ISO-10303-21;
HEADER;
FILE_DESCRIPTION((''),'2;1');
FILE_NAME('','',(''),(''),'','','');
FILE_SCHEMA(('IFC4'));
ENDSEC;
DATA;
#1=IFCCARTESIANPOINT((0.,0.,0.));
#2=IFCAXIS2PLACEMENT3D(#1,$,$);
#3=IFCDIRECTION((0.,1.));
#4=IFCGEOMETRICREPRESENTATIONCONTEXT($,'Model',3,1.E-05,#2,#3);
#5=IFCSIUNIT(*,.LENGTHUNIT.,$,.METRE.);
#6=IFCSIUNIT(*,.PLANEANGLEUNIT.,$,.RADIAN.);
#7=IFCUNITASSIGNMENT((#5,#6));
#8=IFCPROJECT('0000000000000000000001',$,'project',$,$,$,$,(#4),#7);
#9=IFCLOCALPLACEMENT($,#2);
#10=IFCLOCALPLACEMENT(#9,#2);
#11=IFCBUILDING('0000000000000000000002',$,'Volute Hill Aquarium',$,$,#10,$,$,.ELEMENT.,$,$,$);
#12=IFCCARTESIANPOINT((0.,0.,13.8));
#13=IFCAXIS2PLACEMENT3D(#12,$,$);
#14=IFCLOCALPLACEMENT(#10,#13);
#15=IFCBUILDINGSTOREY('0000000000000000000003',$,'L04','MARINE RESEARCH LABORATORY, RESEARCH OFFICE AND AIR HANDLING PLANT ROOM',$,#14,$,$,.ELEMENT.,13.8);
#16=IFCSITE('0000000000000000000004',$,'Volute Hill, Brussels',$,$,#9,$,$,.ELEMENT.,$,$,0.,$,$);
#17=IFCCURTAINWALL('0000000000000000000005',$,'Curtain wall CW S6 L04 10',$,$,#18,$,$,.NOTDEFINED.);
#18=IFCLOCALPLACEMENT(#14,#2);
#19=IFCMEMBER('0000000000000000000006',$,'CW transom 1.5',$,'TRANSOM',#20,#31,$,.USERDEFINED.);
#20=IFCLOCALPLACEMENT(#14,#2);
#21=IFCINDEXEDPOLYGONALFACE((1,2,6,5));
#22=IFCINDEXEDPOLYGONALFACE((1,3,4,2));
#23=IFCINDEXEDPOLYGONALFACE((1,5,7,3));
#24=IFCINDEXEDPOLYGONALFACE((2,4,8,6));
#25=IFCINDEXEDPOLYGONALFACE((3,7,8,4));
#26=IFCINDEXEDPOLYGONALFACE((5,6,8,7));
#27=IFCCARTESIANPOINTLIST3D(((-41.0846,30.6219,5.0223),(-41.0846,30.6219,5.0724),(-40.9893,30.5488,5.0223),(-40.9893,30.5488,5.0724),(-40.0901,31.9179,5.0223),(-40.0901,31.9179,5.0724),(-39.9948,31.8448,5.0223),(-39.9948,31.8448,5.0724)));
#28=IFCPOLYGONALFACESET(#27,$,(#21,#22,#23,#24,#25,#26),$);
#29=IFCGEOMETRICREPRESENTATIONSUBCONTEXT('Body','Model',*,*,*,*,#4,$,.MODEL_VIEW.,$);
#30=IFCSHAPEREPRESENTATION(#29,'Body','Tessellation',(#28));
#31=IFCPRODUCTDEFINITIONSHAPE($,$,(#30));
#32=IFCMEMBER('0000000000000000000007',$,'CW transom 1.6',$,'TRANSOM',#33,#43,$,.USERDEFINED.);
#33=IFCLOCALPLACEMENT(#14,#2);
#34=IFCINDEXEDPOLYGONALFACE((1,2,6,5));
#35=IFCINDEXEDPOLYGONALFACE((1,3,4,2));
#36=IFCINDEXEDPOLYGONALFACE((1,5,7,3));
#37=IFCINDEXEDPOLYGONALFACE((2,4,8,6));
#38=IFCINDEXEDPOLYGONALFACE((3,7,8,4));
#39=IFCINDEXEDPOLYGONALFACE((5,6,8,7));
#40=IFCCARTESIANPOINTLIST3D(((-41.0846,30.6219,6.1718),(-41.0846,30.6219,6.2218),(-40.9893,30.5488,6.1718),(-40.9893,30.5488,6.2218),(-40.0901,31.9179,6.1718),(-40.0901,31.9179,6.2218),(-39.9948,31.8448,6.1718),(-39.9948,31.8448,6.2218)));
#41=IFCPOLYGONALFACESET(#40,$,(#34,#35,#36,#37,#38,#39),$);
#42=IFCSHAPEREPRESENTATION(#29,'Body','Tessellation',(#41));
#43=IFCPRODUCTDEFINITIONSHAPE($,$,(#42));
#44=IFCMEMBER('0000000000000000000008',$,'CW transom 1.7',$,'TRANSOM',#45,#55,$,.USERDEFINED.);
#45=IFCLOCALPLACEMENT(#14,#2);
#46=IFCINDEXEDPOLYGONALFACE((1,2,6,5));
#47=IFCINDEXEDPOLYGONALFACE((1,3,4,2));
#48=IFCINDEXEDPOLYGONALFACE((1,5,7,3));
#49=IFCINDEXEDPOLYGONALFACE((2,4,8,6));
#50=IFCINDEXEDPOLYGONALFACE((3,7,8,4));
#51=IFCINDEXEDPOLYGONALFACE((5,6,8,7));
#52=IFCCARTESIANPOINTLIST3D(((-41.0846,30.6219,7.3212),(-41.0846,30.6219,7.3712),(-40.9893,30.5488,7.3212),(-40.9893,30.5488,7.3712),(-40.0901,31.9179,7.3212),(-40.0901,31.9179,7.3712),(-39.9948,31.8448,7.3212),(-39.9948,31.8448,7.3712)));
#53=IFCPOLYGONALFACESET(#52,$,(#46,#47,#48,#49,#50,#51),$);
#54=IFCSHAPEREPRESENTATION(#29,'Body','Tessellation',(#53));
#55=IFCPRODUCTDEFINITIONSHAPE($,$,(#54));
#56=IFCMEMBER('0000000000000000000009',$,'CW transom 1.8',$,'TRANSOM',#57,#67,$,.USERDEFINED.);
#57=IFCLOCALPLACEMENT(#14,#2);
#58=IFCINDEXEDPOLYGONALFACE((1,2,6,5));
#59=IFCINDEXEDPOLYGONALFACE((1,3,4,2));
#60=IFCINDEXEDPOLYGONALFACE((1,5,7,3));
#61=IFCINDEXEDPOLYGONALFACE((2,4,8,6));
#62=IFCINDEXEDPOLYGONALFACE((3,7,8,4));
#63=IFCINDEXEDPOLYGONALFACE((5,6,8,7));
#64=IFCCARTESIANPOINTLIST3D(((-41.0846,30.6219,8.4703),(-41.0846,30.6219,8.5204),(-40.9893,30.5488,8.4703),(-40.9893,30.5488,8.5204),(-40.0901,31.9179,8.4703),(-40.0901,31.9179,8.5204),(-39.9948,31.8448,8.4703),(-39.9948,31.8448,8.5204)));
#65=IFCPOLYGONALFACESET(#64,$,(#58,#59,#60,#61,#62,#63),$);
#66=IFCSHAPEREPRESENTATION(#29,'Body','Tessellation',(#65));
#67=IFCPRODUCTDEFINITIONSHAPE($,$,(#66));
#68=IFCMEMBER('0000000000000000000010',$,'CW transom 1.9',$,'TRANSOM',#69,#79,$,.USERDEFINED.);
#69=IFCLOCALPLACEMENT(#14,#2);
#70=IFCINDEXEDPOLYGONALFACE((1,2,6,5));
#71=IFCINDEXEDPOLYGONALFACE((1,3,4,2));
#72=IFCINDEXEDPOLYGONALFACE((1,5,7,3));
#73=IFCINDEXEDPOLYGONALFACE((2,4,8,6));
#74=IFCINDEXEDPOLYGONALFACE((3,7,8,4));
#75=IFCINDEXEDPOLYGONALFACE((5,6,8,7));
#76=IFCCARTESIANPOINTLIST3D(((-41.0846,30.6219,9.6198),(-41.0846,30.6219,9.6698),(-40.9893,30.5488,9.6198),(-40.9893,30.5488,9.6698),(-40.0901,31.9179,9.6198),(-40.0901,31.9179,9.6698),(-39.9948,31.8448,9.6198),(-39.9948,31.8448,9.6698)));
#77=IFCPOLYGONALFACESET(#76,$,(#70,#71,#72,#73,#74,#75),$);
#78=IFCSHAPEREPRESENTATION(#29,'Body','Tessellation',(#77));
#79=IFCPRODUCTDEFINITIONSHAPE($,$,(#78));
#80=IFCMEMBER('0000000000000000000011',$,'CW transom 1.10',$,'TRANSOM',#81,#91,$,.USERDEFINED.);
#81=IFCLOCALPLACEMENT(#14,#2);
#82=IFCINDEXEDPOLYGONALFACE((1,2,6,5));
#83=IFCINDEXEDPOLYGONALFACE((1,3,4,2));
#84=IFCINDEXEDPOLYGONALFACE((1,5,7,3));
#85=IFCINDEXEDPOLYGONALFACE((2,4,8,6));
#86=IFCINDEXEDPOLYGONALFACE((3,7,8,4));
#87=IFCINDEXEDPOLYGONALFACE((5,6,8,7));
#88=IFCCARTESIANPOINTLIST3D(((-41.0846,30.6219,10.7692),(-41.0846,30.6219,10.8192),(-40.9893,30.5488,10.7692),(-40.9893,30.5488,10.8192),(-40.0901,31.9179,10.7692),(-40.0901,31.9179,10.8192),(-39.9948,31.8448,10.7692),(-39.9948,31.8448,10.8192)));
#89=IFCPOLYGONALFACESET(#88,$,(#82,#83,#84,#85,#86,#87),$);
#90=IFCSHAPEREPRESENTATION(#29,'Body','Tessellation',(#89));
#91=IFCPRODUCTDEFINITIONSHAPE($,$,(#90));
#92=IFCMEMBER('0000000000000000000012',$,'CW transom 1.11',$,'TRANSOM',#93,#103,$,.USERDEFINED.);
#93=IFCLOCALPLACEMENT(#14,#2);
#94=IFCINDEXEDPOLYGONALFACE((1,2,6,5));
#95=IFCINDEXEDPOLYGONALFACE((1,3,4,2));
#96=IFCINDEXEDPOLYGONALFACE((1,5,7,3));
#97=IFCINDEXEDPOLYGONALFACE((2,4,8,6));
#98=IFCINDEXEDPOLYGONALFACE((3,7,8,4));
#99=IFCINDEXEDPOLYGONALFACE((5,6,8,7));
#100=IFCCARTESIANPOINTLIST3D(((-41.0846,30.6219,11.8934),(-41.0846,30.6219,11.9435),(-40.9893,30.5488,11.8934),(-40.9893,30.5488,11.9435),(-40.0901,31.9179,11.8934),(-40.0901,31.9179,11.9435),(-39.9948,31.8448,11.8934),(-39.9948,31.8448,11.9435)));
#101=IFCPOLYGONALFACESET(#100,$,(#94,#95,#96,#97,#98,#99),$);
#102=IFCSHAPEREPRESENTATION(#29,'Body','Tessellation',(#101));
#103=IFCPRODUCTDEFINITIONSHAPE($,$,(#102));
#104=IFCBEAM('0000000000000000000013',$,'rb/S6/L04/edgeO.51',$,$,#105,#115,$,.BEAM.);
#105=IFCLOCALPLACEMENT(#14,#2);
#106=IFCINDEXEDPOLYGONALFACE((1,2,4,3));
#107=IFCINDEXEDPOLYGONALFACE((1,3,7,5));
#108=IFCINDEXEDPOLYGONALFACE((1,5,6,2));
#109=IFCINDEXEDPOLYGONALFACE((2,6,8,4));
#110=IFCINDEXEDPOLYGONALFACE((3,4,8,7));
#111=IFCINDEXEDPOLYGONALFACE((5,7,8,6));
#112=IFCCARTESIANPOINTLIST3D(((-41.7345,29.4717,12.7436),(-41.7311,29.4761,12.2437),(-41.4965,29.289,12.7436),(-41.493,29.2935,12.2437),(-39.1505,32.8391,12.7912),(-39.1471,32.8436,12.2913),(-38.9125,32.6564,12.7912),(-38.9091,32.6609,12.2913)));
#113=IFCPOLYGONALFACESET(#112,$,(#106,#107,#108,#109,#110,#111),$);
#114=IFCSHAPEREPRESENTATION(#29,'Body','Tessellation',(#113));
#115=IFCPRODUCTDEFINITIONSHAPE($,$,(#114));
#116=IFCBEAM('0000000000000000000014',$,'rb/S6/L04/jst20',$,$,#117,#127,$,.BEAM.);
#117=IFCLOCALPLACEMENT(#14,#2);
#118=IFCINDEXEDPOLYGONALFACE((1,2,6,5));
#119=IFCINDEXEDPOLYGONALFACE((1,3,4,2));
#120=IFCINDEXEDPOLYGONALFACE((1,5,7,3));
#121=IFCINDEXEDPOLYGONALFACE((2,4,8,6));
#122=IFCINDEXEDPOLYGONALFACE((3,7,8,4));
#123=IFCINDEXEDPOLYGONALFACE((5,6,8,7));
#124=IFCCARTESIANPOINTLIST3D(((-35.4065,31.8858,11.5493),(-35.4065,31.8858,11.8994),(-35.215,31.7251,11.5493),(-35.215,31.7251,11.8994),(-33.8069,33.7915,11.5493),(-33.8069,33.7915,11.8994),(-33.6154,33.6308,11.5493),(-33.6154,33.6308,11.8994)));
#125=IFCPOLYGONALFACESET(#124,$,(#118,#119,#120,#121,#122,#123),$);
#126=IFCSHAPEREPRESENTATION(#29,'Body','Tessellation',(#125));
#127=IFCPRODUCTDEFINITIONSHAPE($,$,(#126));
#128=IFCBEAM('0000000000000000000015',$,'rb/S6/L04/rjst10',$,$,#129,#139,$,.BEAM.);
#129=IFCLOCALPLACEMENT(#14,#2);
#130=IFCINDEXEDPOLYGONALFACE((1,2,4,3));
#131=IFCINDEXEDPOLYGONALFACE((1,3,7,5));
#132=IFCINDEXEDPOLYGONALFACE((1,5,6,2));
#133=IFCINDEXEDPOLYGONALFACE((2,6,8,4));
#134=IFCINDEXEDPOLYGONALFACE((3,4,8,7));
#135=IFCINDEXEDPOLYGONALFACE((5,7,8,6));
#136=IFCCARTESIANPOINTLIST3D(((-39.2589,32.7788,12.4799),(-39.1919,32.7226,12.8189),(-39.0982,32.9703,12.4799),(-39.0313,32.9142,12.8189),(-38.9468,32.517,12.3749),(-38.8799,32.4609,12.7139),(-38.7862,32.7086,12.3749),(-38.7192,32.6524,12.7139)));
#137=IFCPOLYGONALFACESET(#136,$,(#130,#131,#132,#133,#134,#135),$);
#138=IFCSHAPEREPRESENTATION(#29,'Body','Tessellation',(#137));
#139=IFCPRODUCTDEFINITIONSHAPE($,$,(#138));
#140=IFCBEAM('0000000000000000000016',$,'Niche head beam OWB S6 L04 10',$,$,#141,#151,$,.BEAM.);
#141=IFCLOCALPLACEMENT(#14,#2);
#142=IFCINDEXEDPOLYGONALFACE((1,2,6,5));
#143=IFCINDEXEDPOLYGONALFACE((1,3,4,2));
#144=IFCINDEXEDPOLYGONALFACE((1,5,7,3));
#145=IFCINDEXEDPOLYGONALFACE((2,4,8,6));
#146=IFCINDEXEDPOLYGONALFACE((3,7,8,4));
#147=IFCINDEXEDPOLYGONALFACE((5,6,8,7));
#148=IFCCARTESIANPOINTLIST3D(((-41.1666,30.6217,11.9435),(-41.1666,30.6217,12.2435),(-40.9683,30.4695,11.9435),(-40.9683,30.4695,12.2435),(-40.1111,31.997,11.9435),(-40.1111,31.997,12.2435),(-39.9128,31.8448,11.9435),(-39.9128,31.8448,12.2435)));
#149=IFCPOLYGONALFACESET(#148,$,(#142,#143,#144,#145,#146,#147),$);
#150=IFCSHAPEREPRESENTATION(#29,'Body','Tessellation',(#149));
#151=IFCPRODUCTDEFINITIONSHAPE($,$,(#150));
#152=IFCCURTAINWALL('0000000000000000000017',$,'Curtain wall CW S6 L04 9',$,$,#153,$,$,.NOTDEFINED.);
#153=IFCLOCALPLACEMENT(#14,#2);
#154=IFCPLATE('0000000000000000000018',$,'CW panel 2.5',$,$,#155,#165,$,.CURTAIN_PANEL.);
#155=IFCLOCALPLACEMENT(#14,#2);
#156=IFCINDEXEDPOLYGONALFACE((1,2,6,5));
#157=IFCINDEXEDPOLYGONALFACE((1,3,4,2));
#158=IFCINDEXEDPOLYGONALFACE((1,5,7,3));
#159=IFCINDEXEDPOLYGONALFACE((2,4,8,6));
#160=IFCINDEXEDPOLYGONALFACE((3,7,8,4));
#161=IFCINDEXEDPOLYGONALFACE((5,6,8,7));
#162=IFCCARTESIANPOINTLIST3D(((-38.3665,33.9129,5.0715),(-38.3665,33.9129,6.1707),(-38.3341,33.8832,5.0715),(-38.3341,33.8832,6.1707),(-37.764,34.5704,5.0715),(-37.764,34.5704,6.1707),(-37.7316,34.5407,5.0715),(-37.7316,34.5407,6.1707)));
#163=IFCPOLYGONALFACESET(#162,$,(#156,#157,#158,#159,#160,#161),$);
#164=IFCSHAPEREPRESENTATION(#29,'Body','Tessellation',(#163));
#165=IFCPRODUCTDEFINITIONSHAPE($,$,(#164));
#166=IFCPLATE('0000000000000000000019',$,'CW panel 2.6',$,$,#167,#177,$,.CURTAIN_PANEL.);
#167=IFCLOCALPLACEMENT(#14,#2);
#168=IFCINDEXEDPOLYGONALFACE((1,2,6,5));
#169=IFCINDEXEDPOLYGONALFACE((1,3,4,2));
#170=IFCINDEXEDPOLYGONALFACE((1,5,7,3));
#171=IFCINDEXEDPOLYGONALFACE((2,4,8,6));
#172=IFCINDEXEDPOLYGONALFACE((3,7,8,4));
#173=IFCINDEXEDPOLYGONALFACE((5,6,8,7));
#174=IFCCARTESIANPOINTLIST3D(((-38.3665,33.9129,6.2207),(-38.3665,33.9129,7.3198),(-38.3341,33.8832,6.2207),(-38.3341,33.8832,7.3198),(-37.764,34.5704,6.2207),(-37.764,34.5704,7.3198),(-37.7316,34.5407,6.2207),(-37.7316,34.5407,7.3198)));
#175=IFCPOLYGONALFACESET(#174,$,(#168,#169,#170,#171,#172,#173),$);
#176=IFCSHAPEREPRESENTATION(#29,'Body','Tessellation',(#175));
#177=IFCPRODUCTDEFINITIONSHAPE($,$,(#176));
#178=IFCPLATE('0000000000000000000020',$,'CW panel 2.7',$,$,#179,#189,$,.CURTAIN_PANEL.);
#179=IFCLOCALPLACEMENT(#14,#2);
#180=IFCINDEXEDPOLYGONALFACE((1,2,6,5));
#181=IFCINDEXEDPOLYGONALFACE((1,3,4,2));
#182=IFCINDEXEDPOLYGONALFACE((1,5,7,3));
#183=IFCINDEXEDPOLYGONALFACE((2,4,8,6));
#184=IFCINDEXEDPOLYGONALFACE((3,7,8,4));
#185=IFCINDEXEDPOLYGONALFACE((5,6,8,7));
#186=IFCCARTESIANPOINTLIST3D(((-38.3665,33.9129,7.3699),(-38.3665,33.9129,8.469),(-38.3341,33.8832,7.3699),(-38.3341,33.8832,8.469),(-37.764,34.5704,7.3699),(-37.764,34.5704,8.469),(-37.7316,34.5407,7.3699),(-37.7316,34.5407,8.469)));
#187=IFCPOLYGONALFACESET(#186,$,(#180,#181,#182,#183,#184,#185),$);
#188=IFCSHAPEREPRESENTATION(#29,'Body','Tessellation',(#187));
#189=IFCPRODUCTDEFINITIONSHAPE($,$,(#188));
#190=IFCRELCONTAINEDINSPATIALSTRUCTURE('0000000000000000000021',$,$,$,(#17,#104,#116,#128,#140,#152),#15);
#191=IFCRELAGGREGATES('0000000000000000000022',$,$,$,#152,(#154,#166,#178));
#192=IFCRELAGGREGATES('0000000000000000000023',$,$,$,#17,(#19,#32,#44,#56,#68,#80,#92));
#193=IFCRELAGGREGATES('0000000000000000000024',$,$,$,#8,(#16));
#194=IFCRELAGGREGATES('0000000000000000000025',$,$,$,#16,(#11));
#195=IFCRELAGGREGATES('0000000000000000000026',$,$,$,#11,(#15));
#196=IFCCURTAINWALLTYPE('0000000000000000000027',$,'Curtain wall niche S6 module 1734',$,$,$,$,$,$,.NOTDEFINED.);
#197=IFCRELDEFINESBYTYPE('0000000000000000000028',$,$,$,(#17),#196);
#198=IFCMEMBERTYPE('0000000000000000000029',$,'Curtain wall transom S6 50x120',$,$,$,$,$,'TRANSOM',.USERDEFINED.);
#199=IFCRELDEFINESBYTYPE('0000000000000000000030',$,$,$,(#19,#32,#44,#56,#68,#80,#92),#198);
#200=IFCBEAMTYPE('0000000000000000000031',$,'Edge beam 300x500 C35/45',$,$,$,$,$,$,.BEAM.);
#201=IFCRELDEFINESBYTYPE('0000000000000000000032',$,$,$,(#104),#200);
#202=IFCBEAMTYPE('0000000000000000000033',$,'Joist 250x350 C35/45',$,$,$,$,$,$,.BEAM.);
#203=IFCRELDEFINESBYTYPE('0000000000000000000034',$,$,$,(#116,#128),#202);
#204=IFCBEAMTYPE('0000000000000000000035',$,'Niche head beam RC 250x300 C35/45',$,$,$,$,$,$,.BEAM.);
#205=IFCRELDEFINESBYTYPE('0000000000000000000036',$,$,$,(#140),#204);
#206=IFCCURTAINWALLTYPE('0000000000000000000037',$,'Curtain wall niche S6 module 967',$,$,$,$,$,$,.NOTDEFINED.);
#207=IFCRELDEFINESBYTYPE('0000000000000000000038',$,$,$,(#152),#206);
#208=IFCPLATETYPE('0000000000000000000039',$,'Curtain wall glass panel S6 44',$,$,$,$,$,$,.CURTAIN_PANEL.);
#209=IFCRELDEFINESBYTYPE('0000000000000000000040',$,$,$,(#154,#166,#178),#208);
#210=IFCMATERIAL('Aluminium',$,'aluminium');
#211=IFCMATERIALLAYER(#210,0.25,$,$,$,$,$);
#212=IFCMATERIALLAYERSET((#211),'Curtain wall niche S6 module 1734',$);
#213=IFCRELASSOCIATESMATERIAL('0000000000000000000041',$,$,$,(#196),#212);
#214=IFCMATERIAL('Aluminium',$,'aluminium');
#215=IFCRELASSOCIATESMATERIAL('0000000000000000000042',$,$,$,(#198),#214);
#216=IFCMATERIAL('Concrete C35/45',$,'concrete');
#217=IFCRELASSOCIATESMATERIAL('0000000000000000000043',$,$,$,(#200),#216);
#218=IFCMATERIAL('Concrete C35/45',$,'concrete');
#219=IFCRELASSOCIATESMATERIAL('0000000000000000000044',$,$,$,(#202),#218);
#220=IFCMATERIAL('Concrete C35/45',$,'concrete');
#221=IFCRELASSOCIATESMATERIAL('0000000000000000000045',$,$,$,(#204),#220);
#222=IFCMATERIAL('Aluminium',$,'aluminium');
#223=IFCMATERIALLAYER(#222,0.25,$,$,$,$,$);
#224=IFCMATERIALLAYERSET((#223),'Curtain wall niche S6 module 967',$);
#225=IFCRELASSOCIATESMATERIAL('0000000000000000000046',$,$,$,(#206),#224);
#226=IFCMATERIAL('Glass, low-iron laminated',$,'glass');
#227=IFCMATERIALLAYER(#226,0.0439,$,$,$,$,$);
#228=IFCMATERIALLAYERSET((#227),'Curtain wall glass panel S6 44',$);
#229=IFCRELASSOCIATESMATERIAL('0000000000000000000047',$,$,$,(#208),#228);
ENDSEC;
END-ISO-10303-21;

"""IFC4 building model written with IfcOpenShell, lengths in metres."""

from ifc_helpers import new_model, si_unit, direction, frame, origin, origin_2d, place, context, subcontext, project, spatial, rectangle, extrude, material, layer, layer_set, material_profile, profile_set, type_object, element, aggregate, save


model = new_model("IFC4")

# Units and contexts
model_context = context("Model", 3, precision=1e-05, world=origin(), true_north=direction((0.0, 1.0)))
body_context = subcontext(model_context, "Body", "Model", "MODEL_VIEW")
ifc_project = project(units=[si_unit("LENGTHUNIT", "METRE"), si_unit("PLANEANGLEUNIT", "RADIAN")], contexts=[model_context])

# Site, building, storey
site_placement = place(None, origin())
site = spatial("IfcSite", under=ifc_project, at=site_placement, Name="Volute Hill, Brussels", CompositionType="ELEMENT", RefElevation=0.0)
building_placement = place(site_placement, origin())
building = spatial("IfcBuilding", under=site, at=building_placement, Name="Volute Hill Aquarium", CompositionType="ELEMENT")
storey_placement = place(building_placement, frame((0.0, 0.0, 13.8)))
storey = spatial("IfcBuildingStorey", under=building, at=storey_placement, Name="L04", Description="MARINE RESEARCH LABORATORY, RESEARCH OFFICE AND AIR HANDLING PLANT ROOM", CompositionType="ELEMENT", Elevation=13.8)

# Curtain wall, members
ifc_material_1 = material(Name="Aluminium", Category="aluminium")
ifc_layer_1 = layer(ifc_material_1, 0.25)
ifc_layer_set_1 = layer_set([ifc_layer_1], Name="Curtain wall niche S6 module 1734")
curtain_wall_type_1 = type_object("IfcCurtainWallType", Name="Curtain wall niche S6 module 1734", PredefinedType="NOTDEFINED", material=ifc_layer_set_1)
curtain_wall_1_placement = place(storey_placement, origin())
curtain_wall_1 = element("IfcCurtainWall", 1, at=curtain_wall_1_placement, inside=storey, type_object=curtain_wall_type_1, Name="Curtain wall CW S6 L04 10", PredefinedType="NOTDEFINED")
ifc_material_2 = material(Name="Aluminium", Category="aluminium")
ifc_material_profile_1 = material_profile(ifc_material_2, rectangle(XDim=0.1201, YDim=0.05, at=origin_2d()), Name="Curtain wall transom S6 50x120")
ifc_profile_set_1 = profile_set([ifc_material_profile_1], Name="Aluminium")
member_type = type_object("IfcMemberType", Name="Curtain wall transom S6 50x120", ElementType="TRANSOM", PredefinedType="USERDEFINED", material=ifc_profile_set_1)
member_1_placement = place(storey_placement, frame((-40.0425, 31.8813, 5.0474), z_axis=(-0.608764, -0.793351, 0.0), x_axis=(0.793351, -0.608764, 0.0)))
member_1 = element("IfcMember", 2, at=member_1_placement, type_object=member_type, Name="CW transom 1.5", ObjectType="TRANSOM", PredefinedType="USERDEFINED", context=body_context, shape_type="SweptSolid", body=[
    extrude(rectangle(XDim=0.1201, YDim=0.05, at=origin_2d()), origin(), (0.0, 0.0, 1.0), 1.6335),
])
member_2_placement = place(storey_placement, frame((-40.0425, 31.8813, 6.1968), z_axis=(-0.608764, -0.793351, 0.0), x_axis=(0.793351, -0.608764, 0.0)))
member_2 = element("IfcMember", 3, at=member_2_placement, type_object=member_type, Name="CW transom 1.6", ObjectType="TRANSOM", PredefinedType="USERDEFINED", context=body_context, shape_type="SweptSolid", body=[
    extrude(rectangle(XDim=0.1201, YDim=0.05, at=origin_2d()), origin(), (0.0, 0.0, 1.0), 1.6335),
])
member_3_placement = place(storey_placement, frame((-40.0425, 31.8813, 7.3462), z_axis=(-0.608764, -0.793351, 0.0), x_axis=(0.793351, -0.608764, 0.0)))
member_3 = element("IfcMember", 4, at=member_3_placement, type_object=member_type, Name="CW transom 1.7", ObjectType="TRANSOM", PredefinedType="USERDEFINED", context=body_context, shape_type="SweptSolid", body=[
    extrude(rectangle(XDim=0.1201, YDim=0.05, at=origin_2d()), origin(), (0.0, 0.0, 1.0), 1.6335),
])
member_4_placement = place(storey_placement, frame((-40.0425, 31.8813, 8.4954), z_axis=(-0.608764, -0.793351, 0.0), x_axis=(0.793351, -0.608764, 0.0)))
member_4 = element("IfcMember", 5, at=member_4_placement, type_object=member_type, Name="CW transom 1.8", ObjectType="TRANSOM", PredefinedType="USERDEFINED", context=body_context, shape_type="SweptSolid", body=[
    extrude(rectangle(XDim=0.1201, YDim=0.05, at=origin_2d()), origin(), (0.0, 0.0, 1.0), 1.6335),
])
member_5_placement = place(storey_placement, frame((-40.0425, 31.8813, 9.6448), z_axis=(-0.608764, -0.793351, 0.0), x_axis=(0.793351, -0.608764, 0.0)))
member_5 = element("IfcMember", 6, at=member_5_placement, type_object=member_type, Name="CW transom 1.9", ObjectType="TRANSOM", PredefinedType="USERDEFINED", context=body_context, shape_type="SweptSolid", body=[
    extrude(rectangle(XDim=0.1201, YDim=0.05, at=origin_2d()), origin(), (0.0, 0.0, 1.0), 1.6335),
])
member_6_placement = place(storey_placement, frame((-40.0425, 31.8813, 10.7942), z_axis=(-0.608764, -0.793351, 0.0), x_axis=(0.793351, -0.608764, 0.0)))
member_6 = element("IfcMember", 7, at=member_6_placement, type_object=member_type, Name="CW transom 1.10", ObjectType="TRANSOM", PredefinedType="USERDEFINED", context=body_context, shape_type="SweptSolid", body=[
    extrude(rectangle(XDim=0.1201, YDim=0.05, at=origin_2d()), origin(), (0.0, 0.0, 1.0), 1.6335),
])
member_7_placement = place(storey_placement, frame((-40.0425, 31.8813, 11.9185), z_axis=(-0.608764, -0.793351, 0.0), x_axis=(0.793351, -0.608764, 0.0)))
member_7 = element("IfcMember", 8, at=member_7_placement, type_object=member_type, Name="CW transom 1.11", ObjectType="TRANSOM", PredefinedType="USERDEFINED", context=body_context, shape_type="SweptSolid", body=[
    extrude(rectangle(XDim=0.1201, YDim=0.05, at=origin_2d()), origin(), (0.0, 0.0, 1.0), 1.6335),
])

# Beams
ifc_material_3 = material(Name="Concrete C35/45", Category="concrete")
ifc_material_profile_2 = material_profile(ifc_material_3, rectangle(XDim=0.3, YDim=0.5, at=origin_2d()), Name="RC edge beam 300x500")
ifc_profile_set_2 = profile_set([ifc_material_profile_2], Name="Concrete C35/45")
beam_type_1 = type_object("IfcBeamType", Name="Edge beam 300x500 C35/45", PredefinedType="BEAM", material=ifc_profile_set_2)
beam_1_placement = place(storey_placement, frame((-39.0298, 32.75, 12.5413), z_axis=(-0.608733, -0.793296, -0.011215), x_axis=(0.793346, -0.608771, 0.0)))
element("IfcBeam", 9, at=beam_1_placement, inside=storey, type_object=beam_type_1, Name="rb/S6/L04/edgeO.51", PredefinedType="BEAM", context=body_context, shape_type="SweptSolid", body=[
    extrude(rectangle(XDim=0.3, YDim=0.5, at=origin_2d()), origin(), (0.0, 0.0, 1.0), 4.2449),
])
ifc_material_4 = material(Name="Concrete C35/45", Category="concrete")
ifc_material_profile_3 = material_profile(ifc_material_4, rectangle(XDim=0.25, YDim=0.3501, at=origin_2d()), Name="RC joist 250x350")
ifc_profile_set_3 = profile_set([ifc_material_profile_3], Name="Concrete C35/45")
beam_type_2 = type_object("IfcBeamType", Name="Joist 250x350 C35/45", PredefinedType="BEAM", material=ifc_profile_set_3)
beam_2_placement = place(storey_placement, frame((-33.7112, 33.7112, 11.7244), z_axis=(-0.642902, -0.765948, 0.0), x_axis=(0.765948, -0.642902, 0.0)))
element("IfcBeam", 10, at=beam_2_placement, inside=storey, type_object=beam_type_2, Name="rb/S6/L04/jst20", PredefinedType="BEAM", context=body_context, shape_type="SweptSolid", body=[
    extrude(rectangle(XDim=0.25, YDim=0.3501, at=origin_2d()), origin(), (0.0, 0.0, 1.0), 2.488),
])
beam_3_placement = place(storey_placement, frame((-38.833, 32.5847, 12.5444), z_axis=(-0.7419, 0.622313, 0.249622), x_axis=(-0.642658, -0.766153, 0.0)))
element("IfcBeam", 11, at=beam_3_placement, inside=storey, type_object=beam_type_2, Name="rb/S6/L04/rjst10", PredefinedType="BEAM", context=body_context, shape_type="SweptSolid", body=[
    extrude(rectangle(XDim=0.25, YDim=0.3501, at=origin_2d()), origin(), (0.0, 0.0, 1.0), 0.4207),
])
ifc_material_5 = material(Name="Concrete C35/45", Category="concrete")
ifc_material_profile_4 = material_profile(ifc_material_5, rectangle(XDim=0.25, YDim=0.3, at=origin_2d()), Name="RC beam 250x300")
ifc_profile_set_4 = profile_set([ifc_material_profile_4], Name="Concrete C35/45")
beam_type_3 = type_object("IfcBeamType", Name="Niche head beam RC 250x300 C35/45", PredefinedType="BEAM", material=ifc_profile_set_4)
beam_4_placement = place(storey_placement, frame((-40.012, 31.9209, 12.0935), z_axis=(-0.608819, -0.793309, 0.0), x_axis=(0.793309, -0.608819, 0.0)))
element("IfcBeam", 12, at=beam_4_placement, inside=storey, type_object=beam_type_3, Name="Niche head beam OWB S6 L04 10", PredefinedType="BEAM", context=body_context, shape_type="SweptSolid", body=[
    extrude(rectangle(XDim=0.25, YDim=0.3, at=origin_2d()), origin(), (0.0, 0.0, 1.0), 1.7336),
])

# Curtain wall, plates
ifc_material_6 = material(Name="Aluminium", Category="aluminium")
ifc_layer_2 = layer(ifc_material_6, 0.25)
ifc_layer_set_2 = layer_set([ifc_layer_2], Name="Curtain wall niche S6 module 967")
curtain_wall_type_2 = type_object("IfcCurtainWallType", Name="Curtain wall niche S6 module 967", PredefinedType="NOTDEFINED", material=ifc_layer_set_2)
curtain_wall_2_placement = place(storey_placement, origin())
curtain_wall_2 = element("IfcCurtainWall", 13, at=curtain_wall_2_placement, inside=storey, type_object=curtain_wall_type_2, Name="Curtain wall CW S6 L04 9", PredefinedType="NOTDEFINED")
ifc_material_7 = material(Name="Glass, low-iron laminated", Category="glass")
ifc_layer_3 = layer(ifc_material_7, 0.0439)
ifc_layer_set_3 = layer_set([ifc_layer_3], Name="Curtain wall glass panel S6 44")
plate_type = type_object("IfcPlateType", Name="Curtain wall glass panel S6 44", PredefinedType="CURTAIN_PANEL", material=ifc_layer_set_3)
plate_1_placement = place(storey_placement, frame((-38.0491, 34.2268, 5.0715), z_axis=(0.0, 0.0, 1.0), x_axis=(-0.675582, -0.737285, 0.0)))
plate_1 = element("IfcPlate", 14, at=plate_1_placement, type_object=plate_type, Name="CW panel 2.5", PredefinedType="CURTAIN_PANEL", context=body_context, shape_type="SweptSolid", body=[
    extrude(rectangle(XDim=0.8918, YDim=0.0439, at=origin_2d()), origin(), (0.0, 0.0, 1.0), 1.0991),
])
plate_2_placement = place(storey_placement, frame((-38.0491, 34.2268, 6.2207), z_axis=(0.0, 0.0, 1.0), x_axis=(-0.675582, -0.737285, 0.0)))
plate_2 = element("IfcPlate", 15, at=plate_2_placement, type_object=plate_type, Name="CW panel 2.6", PredefinedType="CURTAIN_PANEL", context=body_context, shape_type="SweptSolid", body=[
    extrude(rectangle(XDim=0.8918, YDim=0.0439, at=origin_2d()), origin(), (0.0, 0.0, 1.0), 1.0991),
])
plate_3_placement = place(storey_placement, frame((-38.0491, 34.2268, 7.3699), z_axis=(0.0, 0.0, 1.0), x_axis=(-0.675582, -0.737285, 0.0)))
plate_3 = element("IfcPlate", 16, at=plate_3_placement, type_object=plate_type, Name="CW panel 2.7", PredefinedType="CURTAIN_PANEL", context=body_context, shape_type="SweptSolid", body=[
    extrude(rectangle(XDim=0.8918, YDim=0.0439, at=origin_2d()), origin(), (0.0, 0.0, 1.0), 1.0991),
])
aggregate(curtain_wall_2, [plate_1, plate_2, plate_3])

aggregate(curtain_wall_1, [member_1, member_2, member_3, member_4, member_5, member_6, member_7])

save(model, "model.ifc")
